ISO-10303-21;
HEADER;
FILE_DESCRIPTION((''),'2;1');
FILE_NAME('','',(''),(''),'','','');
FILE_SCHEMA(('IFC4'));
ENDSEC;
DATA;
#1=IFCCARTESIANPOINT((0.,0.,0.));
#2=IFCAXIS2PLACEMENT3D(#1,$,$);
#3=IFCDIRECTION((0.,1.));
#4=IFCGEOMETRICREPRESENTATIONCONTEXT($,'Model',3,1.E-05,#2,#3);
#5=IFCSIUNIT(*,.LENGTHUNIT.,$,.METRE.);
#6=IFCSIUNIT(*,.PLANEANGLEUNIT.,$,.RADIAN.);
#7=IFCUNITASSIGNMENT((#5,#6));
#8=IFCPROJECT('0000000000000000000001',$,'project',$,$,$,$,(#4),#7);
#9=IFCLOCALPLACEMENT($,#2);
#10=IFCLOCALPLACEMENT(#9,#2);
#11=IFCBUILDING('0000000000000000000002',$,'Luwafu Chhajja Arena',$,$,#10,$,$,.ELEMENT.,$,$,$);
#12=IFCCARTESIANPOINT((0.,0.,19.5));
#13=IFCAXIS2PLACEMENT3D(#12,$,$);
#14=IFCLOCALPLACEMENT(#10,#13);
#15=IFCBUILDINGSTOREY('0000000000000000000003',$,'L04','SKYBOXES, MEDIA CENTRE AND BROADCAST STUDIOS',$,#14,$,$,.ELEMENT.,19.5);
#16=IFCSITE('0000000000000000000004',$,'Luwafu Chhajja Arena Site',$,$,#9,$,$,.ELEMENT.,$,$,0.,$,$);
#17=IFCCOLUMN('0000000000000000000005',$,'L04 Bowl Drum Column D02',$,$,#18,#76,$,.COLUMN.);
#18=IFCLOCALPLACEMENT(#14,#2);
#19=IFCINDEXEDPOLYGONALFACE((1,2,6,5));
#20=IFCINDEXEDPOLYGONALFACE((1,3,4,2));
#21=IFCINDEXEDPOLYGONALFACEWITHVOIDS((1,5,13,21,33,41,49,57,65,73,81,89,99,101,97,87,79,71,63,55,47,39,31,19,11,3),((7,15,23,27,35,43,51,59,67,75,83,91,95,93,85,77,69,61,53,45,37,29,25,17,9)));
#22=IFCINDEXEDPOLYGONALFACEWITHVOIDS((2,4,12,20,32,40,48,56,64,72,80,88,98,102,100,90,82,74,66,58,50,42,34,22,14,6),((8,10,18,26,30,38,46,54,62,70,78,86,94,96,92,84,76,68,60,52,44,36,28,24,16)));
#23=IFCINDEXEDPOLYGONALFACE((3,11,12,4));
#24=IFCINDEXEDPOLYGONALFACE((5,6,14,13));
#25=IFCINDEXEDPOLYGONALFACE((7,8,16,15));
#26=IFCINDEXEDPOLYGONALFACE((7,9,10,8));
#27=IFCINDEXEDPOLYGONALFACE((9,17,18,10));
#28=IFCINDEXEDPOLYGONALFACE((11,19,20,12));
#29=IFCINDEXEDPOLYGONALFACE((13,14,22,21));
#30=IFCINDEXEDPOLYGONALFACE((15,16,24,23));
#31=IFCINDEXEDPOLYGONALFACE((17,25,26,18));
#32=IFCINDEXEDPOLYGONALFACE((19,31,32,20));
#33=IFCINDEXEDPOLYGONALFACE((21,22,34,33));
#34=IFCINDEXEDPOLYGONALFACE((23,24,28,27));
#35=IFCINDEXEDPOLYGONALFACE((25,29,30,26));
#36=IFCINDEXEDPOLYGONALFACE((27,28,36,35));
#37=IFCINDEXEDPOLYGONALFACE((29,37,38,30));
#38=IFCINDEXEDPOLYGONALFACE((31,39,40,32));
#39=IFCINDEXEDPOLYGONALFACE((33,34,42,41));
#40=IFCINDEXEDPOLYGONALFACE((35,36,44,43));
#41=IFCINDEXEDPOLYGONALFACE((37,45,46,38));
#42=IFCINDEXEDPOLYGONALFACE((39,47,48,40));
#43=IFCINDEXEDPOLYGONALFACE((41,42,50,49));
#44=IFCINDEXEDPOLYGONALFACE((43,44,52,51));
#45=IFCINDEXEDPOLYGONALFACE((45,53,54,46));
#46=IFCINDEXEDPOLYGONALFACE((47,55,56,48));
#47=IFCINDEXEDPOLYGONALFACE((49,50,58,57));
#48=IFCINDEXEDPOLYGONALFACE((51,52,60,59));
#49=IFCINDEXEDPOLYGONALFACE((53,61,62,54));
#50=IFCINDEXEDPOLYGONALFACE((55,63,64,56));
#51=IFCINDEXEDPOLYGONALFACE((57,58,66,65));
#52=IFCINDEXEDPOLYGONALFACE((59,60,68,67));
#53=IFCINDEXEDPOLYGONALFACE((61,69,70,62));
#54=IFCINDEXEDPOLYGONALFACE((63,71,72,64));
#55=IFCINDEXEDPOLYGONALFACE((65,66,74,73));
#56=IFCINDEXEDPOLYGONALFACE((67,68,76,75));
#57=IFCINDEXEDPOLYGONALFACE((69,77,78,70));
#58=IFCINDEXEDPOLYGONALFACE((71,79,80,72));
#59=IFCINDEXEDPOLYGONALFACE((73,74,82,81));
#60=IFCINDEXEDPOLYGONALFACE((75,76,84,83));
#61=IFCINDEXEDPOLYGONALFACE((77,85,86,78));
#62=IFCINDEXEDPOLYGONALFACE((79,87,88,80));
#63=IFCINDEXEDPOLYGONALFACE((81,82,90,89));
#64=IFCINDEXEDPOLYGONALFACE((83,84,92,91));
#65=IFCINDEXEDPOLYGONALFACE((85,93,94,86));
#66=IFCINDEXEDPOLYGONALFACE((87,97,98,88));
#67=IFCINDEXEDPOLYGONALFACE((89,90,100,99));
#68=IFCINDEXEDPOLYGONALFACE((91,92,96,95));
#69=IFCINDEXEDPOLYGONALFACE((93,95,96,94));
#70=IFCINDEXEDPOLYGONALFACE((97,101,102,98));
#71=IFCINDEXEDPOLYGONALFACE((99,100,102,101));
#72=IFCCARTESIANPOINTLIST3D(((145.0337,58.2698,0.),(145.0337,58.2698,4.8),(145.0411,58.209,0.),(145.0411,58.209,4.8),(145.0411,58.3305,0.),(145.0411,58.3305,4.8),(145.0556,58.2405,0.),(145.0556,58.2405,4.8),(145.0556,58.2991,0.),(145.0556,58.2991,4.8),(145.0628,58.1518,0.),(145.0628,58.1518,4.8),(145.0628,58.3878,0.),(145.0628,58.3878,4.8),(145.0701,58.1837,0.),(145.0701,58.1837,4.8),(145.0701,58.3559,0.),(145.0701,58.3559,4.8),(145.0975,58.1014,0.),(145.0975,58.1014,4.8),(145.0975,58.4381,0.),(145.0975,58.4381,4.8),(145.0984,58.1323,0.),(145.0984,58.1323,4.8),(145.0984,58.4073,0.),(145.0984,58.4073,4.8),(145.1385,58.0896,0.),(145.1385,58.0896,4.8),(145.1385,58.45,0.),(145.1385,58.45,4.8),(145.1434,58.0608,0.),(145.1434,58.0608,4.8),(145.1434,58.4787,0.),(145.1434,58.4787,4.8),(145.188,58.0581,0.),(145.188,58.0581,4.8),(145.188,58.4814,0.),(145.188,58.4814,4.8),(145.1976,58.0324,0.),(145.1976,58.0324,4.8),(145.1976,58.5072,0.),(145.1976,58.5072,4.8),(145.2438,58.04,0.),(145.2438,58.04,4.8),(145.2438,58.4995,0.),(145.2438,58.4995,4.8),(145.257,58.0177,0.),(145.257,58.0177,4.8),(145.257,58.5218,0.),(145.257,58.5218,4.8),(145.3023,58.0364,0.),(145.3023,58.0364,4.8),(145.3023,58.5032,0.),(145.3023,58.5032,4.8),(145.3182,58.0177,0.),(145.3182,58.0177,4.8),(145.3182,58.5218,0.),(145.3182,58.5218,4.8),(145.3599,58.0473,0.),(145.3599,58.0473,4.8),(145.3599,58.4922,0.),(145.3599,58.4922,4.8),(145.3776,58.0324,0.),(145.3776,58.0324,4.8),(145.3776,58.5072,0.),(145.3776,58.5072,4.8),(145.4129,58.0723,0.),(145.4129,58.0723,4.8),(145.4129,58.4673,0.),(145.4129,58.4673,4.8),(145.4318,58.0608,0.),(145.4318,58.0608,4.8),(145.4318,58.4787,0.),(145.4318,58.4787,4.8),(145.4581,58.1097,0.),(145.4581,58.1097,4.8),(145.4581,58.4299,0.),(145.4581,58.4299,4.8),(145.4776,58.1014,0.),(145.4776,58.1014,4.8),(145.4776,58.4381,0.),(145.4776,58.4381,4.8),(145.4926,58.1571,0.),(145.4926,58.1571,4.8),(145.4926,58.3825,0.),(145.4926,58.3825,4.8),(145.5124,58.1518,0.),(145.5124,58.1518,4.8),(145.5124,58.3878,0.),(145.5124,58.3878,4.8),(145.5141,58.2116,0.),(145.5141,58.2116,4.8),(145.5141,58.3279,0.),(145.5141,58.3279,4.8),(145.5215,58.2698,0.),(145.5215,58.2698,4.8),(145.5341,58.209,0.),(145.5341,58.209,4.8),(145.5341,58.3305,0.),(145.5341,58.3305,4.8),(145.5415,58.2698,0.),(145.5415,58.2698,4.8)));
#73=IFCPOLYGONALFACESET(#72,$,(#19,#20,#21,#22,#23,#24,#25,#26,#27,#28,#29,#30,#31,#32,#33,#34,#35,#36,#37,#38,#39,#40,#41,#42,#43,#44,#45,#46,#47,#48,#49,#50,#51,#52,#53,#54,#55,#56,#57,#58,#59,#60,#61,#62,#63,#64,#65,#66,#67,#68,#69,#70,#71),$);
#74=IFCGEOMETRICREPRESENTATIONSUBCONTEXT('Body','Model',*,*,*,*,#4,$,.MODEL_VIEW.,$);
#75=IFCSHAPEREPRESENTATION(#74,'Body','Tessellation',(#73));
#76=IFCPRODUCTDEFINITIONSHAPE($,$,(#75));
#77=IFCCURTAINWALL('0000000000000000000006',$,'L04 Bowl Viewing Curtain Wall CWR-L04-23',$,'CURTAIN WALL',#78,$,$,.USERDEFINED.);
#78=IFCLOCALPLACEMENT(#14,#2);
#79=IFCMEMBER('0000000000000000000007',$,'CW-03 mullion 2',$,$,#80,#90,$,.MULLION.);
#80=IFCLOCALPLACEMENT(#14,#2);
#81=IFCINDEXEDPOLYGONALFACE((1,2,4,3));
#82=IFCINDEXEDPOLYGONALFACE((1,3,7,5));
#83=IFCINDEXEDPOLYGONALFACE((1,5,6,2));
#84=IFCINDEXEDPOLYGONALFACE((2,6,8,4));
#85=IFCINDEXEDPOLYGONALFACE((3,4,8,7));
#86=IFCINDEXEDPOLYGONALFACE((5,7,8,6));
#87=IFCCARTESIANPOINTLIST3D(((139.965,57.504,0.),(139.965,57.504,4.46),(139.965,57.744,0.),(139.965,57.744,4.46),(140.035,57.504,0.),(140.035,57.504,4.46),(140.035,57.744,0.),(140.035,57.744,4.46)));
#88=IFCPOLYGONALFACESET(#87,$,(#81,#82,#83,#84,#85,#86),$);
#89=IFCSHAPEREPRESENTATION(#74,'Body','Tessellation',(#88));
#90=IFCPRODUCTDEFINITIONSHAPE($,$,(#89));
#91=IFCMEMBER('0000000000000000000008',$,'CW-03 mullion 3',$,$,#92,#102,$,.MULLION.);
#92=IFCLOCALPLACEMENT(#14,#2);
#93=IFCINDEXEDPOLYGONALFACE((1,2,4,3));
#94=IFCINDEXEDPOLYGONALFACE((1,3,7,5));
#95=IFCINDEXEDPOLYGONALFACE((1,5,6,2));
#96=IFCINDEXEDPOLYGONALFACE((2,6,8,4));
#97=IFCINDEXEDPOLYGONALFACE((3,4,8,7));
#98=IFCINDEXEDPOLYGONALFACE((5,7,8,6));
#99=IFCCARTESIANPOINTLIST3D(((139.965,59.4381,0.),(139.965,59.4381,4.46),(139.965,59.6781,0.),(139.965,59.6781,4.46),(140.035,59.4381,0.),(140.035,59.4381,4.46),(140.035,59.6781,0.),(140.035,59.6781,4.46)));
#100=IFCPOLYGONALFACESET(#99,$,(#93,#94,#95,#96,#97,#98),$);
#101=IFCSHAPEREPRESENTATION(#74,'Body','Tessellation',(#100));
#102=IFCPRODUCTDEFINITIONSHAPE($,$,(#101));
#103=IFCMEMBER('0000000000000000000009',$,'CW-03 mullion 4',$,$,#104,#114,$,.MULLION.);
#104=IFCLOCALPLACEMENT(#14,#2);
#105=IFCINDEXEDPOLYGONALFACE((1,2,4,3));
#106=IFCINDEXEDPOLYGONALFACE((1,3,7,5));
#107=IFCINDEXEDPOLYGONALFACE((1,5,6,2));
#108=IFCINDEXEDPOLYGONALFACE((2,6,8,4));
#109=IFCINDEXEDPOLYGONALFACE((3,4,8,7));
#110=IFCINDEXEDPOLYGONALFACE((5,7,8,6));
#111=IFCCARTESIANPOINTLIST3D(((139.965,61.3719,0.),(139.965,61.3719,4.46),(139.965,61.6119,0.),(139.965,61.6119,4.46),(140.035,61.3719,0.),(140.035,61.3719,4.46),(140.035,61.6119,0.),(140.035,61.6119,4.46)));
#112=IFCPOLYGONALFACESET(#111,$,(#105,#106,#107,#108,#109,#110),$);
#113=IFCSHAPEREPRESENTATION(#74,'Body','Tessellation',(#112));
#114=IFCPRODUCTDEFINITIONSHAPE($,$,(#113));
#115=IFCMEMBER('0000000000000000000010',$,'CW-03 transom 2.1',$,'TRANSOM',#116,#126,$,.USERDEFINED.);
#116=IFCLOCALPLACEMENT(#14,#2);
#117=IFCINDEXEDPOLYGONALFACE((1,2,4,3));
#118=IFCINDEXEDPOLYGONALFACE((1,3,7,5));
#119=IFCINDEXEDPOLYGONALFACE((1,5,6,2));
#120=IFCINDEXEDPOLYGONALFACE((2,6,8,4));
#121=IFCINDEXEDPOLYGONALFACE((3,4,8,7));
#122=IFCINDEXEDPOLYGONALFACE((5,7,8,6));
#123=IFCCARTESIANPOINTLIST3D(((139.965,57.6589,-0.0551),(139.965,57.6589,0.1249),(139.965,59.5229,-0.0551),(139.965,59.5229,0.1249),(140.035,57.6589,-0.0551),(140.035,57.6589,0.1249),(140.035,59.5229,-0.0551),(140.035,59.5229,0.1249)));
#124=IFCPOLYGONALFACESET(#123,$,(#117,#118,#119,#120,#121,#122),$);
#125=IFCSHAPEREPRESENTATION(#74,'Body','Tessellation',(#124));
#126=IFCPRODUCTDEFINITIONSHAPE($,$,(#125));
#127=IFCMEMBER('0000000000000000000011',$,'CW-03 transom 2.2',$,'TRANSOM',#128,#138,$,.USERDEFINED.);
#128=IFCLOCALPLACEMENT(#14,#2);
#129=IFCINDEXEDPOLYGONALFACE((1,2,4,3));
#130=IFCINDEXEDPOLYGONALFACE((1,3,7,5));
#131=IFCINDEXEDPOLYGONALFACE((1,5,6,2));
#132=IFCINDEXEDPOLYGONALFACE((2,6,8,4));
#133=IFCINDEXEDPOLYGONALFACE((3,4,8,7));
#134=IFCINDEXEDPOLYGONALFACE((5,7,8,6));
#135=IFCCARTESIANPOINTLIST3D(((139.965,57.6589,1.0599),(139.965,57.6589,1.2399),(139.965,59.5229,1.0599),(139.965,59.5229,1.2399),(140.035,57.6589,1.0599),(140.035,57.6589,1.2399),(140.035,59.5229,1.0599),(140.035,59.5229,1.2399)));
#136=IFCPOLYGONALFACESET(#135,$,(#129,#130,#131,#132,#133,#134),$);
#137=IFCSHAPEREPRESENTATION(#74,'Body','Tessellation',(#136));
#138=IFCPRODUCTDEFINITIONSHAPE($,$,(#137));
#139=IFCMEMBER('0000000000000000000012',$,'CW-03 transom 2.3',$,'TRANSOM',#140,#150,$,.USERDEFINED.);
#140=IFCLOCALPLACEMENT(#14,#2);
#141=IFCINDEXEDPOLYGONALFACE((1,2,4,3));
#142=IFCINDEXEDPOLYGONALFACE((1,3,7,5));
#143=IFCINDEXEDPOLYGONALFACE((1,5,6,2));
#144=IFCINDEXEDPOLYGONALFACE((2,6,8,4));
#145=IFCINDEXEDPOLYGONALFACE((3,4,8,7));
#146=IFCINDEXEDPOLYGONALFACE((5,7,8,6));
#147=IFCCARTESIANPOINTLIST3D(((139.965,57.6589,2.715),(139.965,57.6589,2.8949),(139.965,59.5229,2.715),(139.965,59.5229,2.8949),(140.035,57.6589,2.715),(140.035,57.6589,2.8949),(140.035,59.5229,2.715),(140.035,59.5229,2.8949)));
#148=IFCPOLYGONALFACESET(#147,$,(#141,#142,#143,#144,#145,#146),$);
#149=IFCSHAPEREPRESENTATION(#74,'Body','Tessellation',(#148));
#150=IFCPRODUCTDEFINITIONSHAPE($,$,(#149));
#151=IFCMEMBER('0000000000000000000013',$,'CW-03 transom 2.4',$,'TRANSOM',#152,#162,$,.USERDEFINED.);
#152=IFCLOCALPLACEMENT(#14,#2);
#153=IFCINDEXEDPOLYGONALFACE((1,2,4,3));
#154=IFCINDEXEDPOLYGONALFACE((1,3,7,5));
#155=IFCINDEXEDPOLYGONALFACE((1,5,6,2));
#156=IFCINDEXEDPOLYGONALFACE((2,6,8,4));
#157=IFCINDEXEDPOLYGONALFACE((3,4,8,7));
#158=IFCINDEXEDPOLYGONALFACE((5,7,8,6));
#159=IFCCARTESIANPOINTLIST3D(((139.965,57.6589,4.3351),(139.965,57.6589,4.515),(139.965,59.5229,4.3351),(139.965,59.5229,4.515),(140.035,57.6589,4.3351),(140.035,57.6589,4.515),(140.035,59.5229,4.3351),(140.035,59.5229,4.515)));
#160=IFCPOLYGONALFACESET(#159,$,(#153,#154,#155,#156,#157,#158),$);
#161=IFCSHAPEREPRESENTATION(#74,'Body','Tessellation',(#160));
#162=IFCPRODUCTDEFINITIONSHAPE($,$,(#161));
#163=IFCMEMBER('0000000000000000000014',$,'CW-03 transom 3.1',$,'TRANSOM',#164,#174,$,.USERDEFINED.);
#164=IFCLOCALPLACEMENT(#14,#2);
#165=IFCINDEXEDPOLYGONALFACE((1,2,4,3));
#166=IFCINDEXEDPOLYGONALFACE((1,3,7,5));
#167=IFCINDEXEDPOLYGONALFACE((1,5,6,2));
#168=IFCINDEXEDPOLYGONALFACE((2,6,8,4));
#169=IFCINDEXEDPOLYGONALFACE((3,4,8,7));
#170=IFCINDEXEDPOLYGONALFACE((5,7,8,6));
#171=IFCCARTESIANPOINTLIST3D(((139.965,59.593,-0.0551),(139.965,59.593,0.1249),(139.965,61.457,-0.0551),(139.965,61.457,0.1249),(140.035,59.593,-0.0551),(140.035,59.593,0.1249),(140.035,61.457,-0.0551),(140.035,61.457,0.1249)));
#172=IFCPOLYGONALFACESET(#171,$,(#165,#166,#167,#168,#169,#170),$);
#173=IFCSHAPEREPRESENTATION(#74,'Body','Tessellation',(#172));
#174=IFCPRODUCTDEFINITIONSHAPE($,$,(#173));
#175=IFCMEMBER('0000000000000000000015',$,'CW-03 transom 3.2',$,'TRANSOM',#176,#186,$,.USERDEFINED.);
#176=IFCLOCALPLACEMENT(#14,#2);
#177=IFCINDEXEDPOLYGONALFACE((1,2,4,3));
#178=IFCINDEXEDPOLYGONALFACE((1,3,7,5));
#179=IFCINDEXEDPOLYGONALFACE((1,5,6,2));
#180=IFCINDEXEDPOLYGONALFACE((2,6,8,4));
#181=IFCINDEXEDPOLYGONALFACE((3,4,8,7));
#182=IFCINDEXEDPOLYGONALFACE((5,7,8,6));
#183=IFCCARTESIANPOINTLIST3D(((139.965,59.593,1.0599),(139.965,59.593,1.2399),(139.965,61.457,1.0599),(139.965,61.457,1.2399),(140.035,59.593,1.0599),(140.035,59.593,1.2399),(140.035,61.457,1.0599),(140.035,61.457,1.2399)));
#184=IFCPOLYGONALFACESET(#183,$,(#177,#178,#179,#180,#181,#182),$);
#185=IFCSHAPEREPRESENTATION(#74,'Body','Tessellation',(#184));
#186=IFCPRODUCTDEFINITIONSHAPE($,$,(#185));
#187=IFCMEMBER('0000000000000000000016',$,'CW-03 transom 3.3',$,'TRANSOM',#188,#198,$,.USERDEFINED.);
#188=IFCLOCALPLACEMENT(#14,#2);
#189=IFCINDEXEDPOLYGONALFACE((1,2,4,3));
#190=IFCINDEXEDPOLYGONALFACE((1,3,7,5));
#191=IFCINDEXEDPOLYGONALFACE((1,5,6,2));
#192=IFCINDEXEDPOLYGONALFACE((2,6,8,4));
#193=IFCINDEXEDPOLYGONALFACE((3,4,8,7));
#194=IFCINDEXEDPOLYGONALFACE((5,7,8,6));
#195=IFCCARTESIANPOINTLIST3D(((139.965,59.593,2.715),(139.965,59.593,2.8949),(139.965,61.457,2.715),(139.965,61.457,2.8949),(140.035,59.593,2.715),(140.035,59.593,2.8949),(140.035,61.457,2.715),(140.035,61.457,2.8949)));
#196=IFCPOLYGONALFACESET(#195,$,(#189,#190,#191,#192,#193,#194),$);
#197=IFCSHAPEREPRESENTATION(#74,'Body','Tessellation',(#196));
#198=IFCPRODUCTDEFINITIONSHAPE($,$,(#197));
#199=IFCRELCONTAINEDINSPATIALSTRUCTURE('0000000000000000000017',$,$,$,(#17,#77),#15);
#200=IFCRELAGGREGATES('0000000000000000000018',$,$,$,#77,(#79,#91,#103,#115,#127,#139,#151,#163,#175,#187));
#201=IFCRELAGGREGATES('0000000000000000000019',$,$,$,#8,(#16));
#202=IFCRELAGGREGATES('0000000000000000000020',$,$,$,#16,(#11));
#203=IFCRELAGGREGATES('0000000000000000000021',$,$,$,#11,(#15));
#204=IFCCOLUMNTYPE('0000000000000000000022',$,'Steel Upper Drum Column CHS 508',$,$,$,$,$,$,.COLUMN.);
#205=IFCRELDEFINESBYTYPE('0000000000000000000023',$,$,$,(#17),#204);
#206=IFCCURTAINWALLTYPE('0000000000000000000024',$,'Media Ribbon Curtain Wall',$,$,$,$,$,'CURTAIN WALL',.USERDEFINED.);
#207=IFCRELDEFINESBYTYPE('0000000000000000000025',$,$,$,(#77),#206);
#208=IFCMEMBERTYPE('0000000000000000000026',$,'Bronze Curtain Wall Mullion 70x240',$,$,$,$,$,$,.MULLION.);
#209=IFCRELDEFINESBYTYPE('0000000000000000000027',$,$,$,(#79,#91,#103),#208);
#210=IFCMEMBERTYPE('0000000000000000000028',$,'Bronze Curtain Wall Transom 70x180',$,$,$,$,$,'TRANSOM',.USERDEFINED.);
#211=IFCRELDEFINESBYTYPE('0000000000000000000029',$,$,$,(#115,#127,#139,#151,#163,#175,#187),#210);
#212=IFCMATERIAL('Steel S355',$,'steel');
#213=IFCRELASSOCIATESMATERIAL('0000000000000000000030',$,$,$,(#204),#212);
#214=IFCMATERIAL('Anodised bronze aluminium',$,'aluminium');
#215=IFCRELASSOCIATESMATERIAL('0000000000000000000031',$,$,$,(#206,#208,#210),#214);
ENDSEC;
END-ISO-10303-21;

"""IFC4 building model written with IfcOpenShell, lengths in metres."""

from ifc_helpers import new_model, si_unit, direction, frame, origin, origin_2d, place, context, subcontext, project, spatial, rectangle, hollow_circle, extrude, material, material_profile, profile_set, type_object, element, aggregate, save


model = new_model("IFC4")

# Units and contexts
model_context = context("Model", 3, precision=1e-05, world=origin(), true_north=direction((0.0, 1.0)))
body_context = subcontext(model_context, "Body", "Model", "MODEL_VIEW")
ifc_project = project(units=[si_unit("LENGTHUNIT", "METRE"), si_unit("PLANEANGLEUNIT", "RADIAN")], contexts=[model_context])

# Site, building, storey
site_placement = place(None, origin())
site = spatial("IfcSite", under=ifc_project, at=site_placement, Name="Luwafu Chhajja Arena Site", CompositionType="ELEMENT", RefElevation=0.0)
building_placement = place(site_placement, origin())
building = spatial("IfcBuilding", under=site, at=building_placement, Name="Luwafu Chhajja Arena", CompositionType="ELEMENT")
storey_placement = place(building_placement, frame((0.0, 0.0, 19.5)))
storey = spatial("IfcBuildingStorey", under=building, at=storey_placement, Name="L04", Description="SKYBOXES, MEDIA CENTRE AND BROADCAST STUDIOS", CompositionType="ELEMENT", Elevation=19.5)

# Column
ifc_material_1 = material(Name="Steel S355", Category="steel")
ifc_material_profile_1 = material_profile(ifc_material_1, hollow_circle(Radius=0.2539, WallThickness=0.02, at=origin_2d()), Name="CHS 508x20")
ifc_profile_set_1 = profile_set([ifc_material_profile_1], Name="Steel S355")
column_type = type_object("IfcColumnType", Name="Steel Upper Drum Column CHS 508", PredefinedType="COLUMN", material=ifc_profile_set_1)
column_placement = place(storey_placement, frame((145.2876, 58.2698, 0.0), z_axis=(0.0, 0.0, 1.0), x_axis=(1.0, 0.0, 0.0)))
element("IfcColumn", 1, at=column_placement, inside=storey, type_object=column_type, Name="L04 Bowl Drum Column D02", PredefinedType="COLUMN", context=body_context, shape_type="SweptSolid", body=[
    extrude(hollow_circle(Radius=0.2539, WallThickness=0.02, at=origin_2d()), origin(), (0.0, 0.0, 1.0), 4.8),
])

# Curtain wall, members
ifc_material_2 = material(Name="Anodised bronze aluminium", Category="aluminium")
curtain_wall_type = type_object("IfcCurtainWallType", Name="Media Ribbon Curtain Wall", ElementType="CURTAIN WALL", PredefinedType="USERDEFINED", material=ifc_material_2)
curtain_wall_placement = place(storey_placement, origin())
curtain_wall = element("IfcCurtainWall", 2, at=curtain_wall_placement, inside=storey, type_object=curtain_wall_type, Name="L04 Bowl Viewing Curtain Wall CWR-L04-23", ObjectType="CURTAIN WALL", PredefinedType="USERDEFINED")
ifc_material_profile_2 = material_profile(ifc_material_2, rectangle(XDim=0.0701, YDim=0.24, at=origin_2d()), Name="CWM 70x240")
ifc_profile_set_2 = profile_set([ifc_material_profile_2], Name="Anodised bronze aluminium")
member_type_1 = type_object("IfcMemberType", Name="Bronze Curtain Wall Mullion 70x240", PredefinedType="MULLION", material=ifc_profile_set_2)
member_1_placement = place(storey_placement, frame((140.0, 57.624, 0.0), z_axis=(0.0, 0.0, 1.0), x_axis=(-1.0, 0.0, 0.0)))
member_1 = element("IfcMember", 3, at=member_1_placement, type_object=member_type_1, Name="CW-03 mullion 2", PredefinedType="MULLION", context=body_context, shape_type="SweptSolid", body=[
    extrude(rectangle(XDim=0.0701, YDim=0.24, at=origin_2d()), origin(), (0.0, 0.0, 1.0), 4.46),
])
member_2_placement = place(storey_placement, frame((140.0, 59.5581, 0.0), z_axis=(0.0, 0.0, 1.0), x_axis=(-1.0, 0.0, 0.0)))
member_2 = element("IfcMember", 4, at=member_2_placement, type_object=member_type_1, Name="CW-03 mullion 3", PredefinedType="MULLION", context=body_context, shape_type="SweptSolid", body=[
    extrude(rectangle(XDim=0.0701, YDim=0.24, at=origin_2d()), origin(), (0.0, 0.0, 1.0), 4.46),
])
member_3_placement = place(storey_placement, frame((140.0, 61.4919, 0.0), z_axis=(0.0, 0.0, 1.0), x_axis=(-1.0, 0.0, 0.0)))
member_3 = element("IfcMember", 5, at=member_3_placement, type_object=member_type_1, Name="CW-03 mullion 4", PredefinedType="MULLION", context=body_context, shape_type="SweptSolid", body=[
    extrude(rectangle(XDim=0.0701, YDim=0.24, at=origin_2d()), origin(), (0.0, 0.0, 1.0), 4.46),
])
ifc_material_profile_3 = material_profile(ifc_material_2, rectangle(XDim=0.0701, YDim=0.1799, at=origin_2d()), Name="CWT 70x180")
ifc_profile_set_3 = profile_set([ifc_material_profile_3], Name="Anodised bronze aluminium")
member_type_2 = type_object("IfcMemberType", Name="Bronze Curtain Wall Transom 70x180", ElementType="TRANSOM", PredefinedType="USERDEFINED", material=ifc_profile_set_3)
member_4_placement = place(storey_placement, frame((140.0, 57.6589, 0.0349), z_axis=(0.0, 1.0, 0.0), x_axis=(-1.0, 0.0, 0.0)))
member_4 = element("IfcMember", 6, at=member_4_placement, type_object=member_type_2, Name="CW-03 transom 2.1", ObjectType="TRANSOM", PredefinedType="USERDEFINED", context=body_context, shape_type="SweptSolid", body=[
    extrude(rectangle(XDim=0.0701, YDim=0.1799, at=origin_2d()), origin(), (0.0, 0.0, 1.0), 1.864),
])
member_5_placement = place(storey_placement, frame((140.0, 57.6589, 1.1499), z_axis=(0.0, 1.0, 0.0), x_axis=(-1.0, 0.0, 0.0)))
member_5 = element("IfcMember", 7, at=member_5_placement, type_object=member_type_2, Name="CW-03 transom 2.2", ObjectType="TRANSOM", PredefinedType="USERDEFINED", context=body_context, shape_type="SweptSolid", body=[
    extrude(rectangle(XDim=0.0701, YDim=0.1799, at=origin_2d()), origin(), (0.0, 0.0, 1.0), 1.864),
])
member_6_placement = place(storey_placement, frame((140.0, 57.6589, 2.8049), z_axis=(0.0, 1.0, 0.0), x_axis=(-1.0, 0.0, 0.0)))
member_6 = element("IfcMember", 8, at=member_6_placement, type_object=member_type_2, Name="CW-03 transom 2.3", ObjectType="TRANSOM", PredefinedType="USERDEFINED", context=body_context, shape_type="SweptSolid", body=[
    extrude(rectangle(XDim=0.0701, YDim=0.1799, at=origin_2d()), origin(), (0.0, 0.0, 1.0), 1.864),
])
member_7_placement = place(storey_placement, frame((140.0, 57.6589, 4.425), z_axis=(0.0, 1.0, 0.0), x_axis=(-1.0, 0.0, 0.0)))
member_7 = element("IfcMember", 9, at=member_7_placement, type_object=member_type_2, Name="CW-03 transom 2.4", ObjectType="TRANSOM", PredefinedType="USERDEFINED", context=body_context, shape_type="SweptSolid", body=[
    extrude(rectangle(XDim=0.0701, YDim=0.1799, at=origin_2d()), origin(), (0.0, 0.0, 1.0), 1.864),
])
member_8_placement = place(storey_placement, frame((140.0, 59.593, 0.0349), z_axis=(0.0, 1.0, 0.0), x_axis=(-1.0, 0.0, 0.0)))
member_8 = element("IfcMember", 10, at=member_8_placement, type_object=member_type_2, Name="CW-03 transom 3.1", ObjectType="TRANSOM", PredefinedType="USERDEFINED", context=body_context, shape_type="SweptSolid", body=[
    extrude(rectangle(XDim=0.0701, YDim=0.1799, at=origin_2d()), origin(), (0.0, 0.0, 1.0), 1.864),
])
member_9_placement = place(storey_placement, frame((140.0, 59.593, 1.1499), z_axis=(0.0, 1.0, 0.0), x_axis=(-1.0, 0.0, 0.0)))
member_9 = element("IfcMember", 11, at=member_9_placement, type_object=member_type_2, Name="CW-03 transom 3.2", ObjectType="TRANSOM", PredefinedType="USERDEFINED", context=body_context, shape_type="SweptSolid", body=[
    extrude(rectangle(XDim=0.0701, YDim=0.1799, at=origin_2d()), origin(), (0.0, 0.0, 1.0), 1.864),
])
member_10_placement = place(storey_placement, frame((140.0, 59.593, 2.8049), z_axis=(0.0, 1.0, 0.0), x_axis=(-1.0, 0.0, 0.0)))
member_10 = element("IfcMember", 12, at=member_10_placement, type_object=member_type_2, Name="CW-03 transom 3.3", ObjectType="TRANSOM", PredefinedType="USERDEFINED", context=body_context, shape_type="SweptSolid", body=[
    extrude(rectangle(XDim=0.0701, YDim=0.1799, at=origin_2d()), origin(), (0.0, 0.0, 1.0), 1.864),
])

aggregate(curtain_wall, [member_1, member_2, member_3, member_4, member_5, member_6, member_7, member_8, member_9, member_10])

save(model, "model.ifc")
